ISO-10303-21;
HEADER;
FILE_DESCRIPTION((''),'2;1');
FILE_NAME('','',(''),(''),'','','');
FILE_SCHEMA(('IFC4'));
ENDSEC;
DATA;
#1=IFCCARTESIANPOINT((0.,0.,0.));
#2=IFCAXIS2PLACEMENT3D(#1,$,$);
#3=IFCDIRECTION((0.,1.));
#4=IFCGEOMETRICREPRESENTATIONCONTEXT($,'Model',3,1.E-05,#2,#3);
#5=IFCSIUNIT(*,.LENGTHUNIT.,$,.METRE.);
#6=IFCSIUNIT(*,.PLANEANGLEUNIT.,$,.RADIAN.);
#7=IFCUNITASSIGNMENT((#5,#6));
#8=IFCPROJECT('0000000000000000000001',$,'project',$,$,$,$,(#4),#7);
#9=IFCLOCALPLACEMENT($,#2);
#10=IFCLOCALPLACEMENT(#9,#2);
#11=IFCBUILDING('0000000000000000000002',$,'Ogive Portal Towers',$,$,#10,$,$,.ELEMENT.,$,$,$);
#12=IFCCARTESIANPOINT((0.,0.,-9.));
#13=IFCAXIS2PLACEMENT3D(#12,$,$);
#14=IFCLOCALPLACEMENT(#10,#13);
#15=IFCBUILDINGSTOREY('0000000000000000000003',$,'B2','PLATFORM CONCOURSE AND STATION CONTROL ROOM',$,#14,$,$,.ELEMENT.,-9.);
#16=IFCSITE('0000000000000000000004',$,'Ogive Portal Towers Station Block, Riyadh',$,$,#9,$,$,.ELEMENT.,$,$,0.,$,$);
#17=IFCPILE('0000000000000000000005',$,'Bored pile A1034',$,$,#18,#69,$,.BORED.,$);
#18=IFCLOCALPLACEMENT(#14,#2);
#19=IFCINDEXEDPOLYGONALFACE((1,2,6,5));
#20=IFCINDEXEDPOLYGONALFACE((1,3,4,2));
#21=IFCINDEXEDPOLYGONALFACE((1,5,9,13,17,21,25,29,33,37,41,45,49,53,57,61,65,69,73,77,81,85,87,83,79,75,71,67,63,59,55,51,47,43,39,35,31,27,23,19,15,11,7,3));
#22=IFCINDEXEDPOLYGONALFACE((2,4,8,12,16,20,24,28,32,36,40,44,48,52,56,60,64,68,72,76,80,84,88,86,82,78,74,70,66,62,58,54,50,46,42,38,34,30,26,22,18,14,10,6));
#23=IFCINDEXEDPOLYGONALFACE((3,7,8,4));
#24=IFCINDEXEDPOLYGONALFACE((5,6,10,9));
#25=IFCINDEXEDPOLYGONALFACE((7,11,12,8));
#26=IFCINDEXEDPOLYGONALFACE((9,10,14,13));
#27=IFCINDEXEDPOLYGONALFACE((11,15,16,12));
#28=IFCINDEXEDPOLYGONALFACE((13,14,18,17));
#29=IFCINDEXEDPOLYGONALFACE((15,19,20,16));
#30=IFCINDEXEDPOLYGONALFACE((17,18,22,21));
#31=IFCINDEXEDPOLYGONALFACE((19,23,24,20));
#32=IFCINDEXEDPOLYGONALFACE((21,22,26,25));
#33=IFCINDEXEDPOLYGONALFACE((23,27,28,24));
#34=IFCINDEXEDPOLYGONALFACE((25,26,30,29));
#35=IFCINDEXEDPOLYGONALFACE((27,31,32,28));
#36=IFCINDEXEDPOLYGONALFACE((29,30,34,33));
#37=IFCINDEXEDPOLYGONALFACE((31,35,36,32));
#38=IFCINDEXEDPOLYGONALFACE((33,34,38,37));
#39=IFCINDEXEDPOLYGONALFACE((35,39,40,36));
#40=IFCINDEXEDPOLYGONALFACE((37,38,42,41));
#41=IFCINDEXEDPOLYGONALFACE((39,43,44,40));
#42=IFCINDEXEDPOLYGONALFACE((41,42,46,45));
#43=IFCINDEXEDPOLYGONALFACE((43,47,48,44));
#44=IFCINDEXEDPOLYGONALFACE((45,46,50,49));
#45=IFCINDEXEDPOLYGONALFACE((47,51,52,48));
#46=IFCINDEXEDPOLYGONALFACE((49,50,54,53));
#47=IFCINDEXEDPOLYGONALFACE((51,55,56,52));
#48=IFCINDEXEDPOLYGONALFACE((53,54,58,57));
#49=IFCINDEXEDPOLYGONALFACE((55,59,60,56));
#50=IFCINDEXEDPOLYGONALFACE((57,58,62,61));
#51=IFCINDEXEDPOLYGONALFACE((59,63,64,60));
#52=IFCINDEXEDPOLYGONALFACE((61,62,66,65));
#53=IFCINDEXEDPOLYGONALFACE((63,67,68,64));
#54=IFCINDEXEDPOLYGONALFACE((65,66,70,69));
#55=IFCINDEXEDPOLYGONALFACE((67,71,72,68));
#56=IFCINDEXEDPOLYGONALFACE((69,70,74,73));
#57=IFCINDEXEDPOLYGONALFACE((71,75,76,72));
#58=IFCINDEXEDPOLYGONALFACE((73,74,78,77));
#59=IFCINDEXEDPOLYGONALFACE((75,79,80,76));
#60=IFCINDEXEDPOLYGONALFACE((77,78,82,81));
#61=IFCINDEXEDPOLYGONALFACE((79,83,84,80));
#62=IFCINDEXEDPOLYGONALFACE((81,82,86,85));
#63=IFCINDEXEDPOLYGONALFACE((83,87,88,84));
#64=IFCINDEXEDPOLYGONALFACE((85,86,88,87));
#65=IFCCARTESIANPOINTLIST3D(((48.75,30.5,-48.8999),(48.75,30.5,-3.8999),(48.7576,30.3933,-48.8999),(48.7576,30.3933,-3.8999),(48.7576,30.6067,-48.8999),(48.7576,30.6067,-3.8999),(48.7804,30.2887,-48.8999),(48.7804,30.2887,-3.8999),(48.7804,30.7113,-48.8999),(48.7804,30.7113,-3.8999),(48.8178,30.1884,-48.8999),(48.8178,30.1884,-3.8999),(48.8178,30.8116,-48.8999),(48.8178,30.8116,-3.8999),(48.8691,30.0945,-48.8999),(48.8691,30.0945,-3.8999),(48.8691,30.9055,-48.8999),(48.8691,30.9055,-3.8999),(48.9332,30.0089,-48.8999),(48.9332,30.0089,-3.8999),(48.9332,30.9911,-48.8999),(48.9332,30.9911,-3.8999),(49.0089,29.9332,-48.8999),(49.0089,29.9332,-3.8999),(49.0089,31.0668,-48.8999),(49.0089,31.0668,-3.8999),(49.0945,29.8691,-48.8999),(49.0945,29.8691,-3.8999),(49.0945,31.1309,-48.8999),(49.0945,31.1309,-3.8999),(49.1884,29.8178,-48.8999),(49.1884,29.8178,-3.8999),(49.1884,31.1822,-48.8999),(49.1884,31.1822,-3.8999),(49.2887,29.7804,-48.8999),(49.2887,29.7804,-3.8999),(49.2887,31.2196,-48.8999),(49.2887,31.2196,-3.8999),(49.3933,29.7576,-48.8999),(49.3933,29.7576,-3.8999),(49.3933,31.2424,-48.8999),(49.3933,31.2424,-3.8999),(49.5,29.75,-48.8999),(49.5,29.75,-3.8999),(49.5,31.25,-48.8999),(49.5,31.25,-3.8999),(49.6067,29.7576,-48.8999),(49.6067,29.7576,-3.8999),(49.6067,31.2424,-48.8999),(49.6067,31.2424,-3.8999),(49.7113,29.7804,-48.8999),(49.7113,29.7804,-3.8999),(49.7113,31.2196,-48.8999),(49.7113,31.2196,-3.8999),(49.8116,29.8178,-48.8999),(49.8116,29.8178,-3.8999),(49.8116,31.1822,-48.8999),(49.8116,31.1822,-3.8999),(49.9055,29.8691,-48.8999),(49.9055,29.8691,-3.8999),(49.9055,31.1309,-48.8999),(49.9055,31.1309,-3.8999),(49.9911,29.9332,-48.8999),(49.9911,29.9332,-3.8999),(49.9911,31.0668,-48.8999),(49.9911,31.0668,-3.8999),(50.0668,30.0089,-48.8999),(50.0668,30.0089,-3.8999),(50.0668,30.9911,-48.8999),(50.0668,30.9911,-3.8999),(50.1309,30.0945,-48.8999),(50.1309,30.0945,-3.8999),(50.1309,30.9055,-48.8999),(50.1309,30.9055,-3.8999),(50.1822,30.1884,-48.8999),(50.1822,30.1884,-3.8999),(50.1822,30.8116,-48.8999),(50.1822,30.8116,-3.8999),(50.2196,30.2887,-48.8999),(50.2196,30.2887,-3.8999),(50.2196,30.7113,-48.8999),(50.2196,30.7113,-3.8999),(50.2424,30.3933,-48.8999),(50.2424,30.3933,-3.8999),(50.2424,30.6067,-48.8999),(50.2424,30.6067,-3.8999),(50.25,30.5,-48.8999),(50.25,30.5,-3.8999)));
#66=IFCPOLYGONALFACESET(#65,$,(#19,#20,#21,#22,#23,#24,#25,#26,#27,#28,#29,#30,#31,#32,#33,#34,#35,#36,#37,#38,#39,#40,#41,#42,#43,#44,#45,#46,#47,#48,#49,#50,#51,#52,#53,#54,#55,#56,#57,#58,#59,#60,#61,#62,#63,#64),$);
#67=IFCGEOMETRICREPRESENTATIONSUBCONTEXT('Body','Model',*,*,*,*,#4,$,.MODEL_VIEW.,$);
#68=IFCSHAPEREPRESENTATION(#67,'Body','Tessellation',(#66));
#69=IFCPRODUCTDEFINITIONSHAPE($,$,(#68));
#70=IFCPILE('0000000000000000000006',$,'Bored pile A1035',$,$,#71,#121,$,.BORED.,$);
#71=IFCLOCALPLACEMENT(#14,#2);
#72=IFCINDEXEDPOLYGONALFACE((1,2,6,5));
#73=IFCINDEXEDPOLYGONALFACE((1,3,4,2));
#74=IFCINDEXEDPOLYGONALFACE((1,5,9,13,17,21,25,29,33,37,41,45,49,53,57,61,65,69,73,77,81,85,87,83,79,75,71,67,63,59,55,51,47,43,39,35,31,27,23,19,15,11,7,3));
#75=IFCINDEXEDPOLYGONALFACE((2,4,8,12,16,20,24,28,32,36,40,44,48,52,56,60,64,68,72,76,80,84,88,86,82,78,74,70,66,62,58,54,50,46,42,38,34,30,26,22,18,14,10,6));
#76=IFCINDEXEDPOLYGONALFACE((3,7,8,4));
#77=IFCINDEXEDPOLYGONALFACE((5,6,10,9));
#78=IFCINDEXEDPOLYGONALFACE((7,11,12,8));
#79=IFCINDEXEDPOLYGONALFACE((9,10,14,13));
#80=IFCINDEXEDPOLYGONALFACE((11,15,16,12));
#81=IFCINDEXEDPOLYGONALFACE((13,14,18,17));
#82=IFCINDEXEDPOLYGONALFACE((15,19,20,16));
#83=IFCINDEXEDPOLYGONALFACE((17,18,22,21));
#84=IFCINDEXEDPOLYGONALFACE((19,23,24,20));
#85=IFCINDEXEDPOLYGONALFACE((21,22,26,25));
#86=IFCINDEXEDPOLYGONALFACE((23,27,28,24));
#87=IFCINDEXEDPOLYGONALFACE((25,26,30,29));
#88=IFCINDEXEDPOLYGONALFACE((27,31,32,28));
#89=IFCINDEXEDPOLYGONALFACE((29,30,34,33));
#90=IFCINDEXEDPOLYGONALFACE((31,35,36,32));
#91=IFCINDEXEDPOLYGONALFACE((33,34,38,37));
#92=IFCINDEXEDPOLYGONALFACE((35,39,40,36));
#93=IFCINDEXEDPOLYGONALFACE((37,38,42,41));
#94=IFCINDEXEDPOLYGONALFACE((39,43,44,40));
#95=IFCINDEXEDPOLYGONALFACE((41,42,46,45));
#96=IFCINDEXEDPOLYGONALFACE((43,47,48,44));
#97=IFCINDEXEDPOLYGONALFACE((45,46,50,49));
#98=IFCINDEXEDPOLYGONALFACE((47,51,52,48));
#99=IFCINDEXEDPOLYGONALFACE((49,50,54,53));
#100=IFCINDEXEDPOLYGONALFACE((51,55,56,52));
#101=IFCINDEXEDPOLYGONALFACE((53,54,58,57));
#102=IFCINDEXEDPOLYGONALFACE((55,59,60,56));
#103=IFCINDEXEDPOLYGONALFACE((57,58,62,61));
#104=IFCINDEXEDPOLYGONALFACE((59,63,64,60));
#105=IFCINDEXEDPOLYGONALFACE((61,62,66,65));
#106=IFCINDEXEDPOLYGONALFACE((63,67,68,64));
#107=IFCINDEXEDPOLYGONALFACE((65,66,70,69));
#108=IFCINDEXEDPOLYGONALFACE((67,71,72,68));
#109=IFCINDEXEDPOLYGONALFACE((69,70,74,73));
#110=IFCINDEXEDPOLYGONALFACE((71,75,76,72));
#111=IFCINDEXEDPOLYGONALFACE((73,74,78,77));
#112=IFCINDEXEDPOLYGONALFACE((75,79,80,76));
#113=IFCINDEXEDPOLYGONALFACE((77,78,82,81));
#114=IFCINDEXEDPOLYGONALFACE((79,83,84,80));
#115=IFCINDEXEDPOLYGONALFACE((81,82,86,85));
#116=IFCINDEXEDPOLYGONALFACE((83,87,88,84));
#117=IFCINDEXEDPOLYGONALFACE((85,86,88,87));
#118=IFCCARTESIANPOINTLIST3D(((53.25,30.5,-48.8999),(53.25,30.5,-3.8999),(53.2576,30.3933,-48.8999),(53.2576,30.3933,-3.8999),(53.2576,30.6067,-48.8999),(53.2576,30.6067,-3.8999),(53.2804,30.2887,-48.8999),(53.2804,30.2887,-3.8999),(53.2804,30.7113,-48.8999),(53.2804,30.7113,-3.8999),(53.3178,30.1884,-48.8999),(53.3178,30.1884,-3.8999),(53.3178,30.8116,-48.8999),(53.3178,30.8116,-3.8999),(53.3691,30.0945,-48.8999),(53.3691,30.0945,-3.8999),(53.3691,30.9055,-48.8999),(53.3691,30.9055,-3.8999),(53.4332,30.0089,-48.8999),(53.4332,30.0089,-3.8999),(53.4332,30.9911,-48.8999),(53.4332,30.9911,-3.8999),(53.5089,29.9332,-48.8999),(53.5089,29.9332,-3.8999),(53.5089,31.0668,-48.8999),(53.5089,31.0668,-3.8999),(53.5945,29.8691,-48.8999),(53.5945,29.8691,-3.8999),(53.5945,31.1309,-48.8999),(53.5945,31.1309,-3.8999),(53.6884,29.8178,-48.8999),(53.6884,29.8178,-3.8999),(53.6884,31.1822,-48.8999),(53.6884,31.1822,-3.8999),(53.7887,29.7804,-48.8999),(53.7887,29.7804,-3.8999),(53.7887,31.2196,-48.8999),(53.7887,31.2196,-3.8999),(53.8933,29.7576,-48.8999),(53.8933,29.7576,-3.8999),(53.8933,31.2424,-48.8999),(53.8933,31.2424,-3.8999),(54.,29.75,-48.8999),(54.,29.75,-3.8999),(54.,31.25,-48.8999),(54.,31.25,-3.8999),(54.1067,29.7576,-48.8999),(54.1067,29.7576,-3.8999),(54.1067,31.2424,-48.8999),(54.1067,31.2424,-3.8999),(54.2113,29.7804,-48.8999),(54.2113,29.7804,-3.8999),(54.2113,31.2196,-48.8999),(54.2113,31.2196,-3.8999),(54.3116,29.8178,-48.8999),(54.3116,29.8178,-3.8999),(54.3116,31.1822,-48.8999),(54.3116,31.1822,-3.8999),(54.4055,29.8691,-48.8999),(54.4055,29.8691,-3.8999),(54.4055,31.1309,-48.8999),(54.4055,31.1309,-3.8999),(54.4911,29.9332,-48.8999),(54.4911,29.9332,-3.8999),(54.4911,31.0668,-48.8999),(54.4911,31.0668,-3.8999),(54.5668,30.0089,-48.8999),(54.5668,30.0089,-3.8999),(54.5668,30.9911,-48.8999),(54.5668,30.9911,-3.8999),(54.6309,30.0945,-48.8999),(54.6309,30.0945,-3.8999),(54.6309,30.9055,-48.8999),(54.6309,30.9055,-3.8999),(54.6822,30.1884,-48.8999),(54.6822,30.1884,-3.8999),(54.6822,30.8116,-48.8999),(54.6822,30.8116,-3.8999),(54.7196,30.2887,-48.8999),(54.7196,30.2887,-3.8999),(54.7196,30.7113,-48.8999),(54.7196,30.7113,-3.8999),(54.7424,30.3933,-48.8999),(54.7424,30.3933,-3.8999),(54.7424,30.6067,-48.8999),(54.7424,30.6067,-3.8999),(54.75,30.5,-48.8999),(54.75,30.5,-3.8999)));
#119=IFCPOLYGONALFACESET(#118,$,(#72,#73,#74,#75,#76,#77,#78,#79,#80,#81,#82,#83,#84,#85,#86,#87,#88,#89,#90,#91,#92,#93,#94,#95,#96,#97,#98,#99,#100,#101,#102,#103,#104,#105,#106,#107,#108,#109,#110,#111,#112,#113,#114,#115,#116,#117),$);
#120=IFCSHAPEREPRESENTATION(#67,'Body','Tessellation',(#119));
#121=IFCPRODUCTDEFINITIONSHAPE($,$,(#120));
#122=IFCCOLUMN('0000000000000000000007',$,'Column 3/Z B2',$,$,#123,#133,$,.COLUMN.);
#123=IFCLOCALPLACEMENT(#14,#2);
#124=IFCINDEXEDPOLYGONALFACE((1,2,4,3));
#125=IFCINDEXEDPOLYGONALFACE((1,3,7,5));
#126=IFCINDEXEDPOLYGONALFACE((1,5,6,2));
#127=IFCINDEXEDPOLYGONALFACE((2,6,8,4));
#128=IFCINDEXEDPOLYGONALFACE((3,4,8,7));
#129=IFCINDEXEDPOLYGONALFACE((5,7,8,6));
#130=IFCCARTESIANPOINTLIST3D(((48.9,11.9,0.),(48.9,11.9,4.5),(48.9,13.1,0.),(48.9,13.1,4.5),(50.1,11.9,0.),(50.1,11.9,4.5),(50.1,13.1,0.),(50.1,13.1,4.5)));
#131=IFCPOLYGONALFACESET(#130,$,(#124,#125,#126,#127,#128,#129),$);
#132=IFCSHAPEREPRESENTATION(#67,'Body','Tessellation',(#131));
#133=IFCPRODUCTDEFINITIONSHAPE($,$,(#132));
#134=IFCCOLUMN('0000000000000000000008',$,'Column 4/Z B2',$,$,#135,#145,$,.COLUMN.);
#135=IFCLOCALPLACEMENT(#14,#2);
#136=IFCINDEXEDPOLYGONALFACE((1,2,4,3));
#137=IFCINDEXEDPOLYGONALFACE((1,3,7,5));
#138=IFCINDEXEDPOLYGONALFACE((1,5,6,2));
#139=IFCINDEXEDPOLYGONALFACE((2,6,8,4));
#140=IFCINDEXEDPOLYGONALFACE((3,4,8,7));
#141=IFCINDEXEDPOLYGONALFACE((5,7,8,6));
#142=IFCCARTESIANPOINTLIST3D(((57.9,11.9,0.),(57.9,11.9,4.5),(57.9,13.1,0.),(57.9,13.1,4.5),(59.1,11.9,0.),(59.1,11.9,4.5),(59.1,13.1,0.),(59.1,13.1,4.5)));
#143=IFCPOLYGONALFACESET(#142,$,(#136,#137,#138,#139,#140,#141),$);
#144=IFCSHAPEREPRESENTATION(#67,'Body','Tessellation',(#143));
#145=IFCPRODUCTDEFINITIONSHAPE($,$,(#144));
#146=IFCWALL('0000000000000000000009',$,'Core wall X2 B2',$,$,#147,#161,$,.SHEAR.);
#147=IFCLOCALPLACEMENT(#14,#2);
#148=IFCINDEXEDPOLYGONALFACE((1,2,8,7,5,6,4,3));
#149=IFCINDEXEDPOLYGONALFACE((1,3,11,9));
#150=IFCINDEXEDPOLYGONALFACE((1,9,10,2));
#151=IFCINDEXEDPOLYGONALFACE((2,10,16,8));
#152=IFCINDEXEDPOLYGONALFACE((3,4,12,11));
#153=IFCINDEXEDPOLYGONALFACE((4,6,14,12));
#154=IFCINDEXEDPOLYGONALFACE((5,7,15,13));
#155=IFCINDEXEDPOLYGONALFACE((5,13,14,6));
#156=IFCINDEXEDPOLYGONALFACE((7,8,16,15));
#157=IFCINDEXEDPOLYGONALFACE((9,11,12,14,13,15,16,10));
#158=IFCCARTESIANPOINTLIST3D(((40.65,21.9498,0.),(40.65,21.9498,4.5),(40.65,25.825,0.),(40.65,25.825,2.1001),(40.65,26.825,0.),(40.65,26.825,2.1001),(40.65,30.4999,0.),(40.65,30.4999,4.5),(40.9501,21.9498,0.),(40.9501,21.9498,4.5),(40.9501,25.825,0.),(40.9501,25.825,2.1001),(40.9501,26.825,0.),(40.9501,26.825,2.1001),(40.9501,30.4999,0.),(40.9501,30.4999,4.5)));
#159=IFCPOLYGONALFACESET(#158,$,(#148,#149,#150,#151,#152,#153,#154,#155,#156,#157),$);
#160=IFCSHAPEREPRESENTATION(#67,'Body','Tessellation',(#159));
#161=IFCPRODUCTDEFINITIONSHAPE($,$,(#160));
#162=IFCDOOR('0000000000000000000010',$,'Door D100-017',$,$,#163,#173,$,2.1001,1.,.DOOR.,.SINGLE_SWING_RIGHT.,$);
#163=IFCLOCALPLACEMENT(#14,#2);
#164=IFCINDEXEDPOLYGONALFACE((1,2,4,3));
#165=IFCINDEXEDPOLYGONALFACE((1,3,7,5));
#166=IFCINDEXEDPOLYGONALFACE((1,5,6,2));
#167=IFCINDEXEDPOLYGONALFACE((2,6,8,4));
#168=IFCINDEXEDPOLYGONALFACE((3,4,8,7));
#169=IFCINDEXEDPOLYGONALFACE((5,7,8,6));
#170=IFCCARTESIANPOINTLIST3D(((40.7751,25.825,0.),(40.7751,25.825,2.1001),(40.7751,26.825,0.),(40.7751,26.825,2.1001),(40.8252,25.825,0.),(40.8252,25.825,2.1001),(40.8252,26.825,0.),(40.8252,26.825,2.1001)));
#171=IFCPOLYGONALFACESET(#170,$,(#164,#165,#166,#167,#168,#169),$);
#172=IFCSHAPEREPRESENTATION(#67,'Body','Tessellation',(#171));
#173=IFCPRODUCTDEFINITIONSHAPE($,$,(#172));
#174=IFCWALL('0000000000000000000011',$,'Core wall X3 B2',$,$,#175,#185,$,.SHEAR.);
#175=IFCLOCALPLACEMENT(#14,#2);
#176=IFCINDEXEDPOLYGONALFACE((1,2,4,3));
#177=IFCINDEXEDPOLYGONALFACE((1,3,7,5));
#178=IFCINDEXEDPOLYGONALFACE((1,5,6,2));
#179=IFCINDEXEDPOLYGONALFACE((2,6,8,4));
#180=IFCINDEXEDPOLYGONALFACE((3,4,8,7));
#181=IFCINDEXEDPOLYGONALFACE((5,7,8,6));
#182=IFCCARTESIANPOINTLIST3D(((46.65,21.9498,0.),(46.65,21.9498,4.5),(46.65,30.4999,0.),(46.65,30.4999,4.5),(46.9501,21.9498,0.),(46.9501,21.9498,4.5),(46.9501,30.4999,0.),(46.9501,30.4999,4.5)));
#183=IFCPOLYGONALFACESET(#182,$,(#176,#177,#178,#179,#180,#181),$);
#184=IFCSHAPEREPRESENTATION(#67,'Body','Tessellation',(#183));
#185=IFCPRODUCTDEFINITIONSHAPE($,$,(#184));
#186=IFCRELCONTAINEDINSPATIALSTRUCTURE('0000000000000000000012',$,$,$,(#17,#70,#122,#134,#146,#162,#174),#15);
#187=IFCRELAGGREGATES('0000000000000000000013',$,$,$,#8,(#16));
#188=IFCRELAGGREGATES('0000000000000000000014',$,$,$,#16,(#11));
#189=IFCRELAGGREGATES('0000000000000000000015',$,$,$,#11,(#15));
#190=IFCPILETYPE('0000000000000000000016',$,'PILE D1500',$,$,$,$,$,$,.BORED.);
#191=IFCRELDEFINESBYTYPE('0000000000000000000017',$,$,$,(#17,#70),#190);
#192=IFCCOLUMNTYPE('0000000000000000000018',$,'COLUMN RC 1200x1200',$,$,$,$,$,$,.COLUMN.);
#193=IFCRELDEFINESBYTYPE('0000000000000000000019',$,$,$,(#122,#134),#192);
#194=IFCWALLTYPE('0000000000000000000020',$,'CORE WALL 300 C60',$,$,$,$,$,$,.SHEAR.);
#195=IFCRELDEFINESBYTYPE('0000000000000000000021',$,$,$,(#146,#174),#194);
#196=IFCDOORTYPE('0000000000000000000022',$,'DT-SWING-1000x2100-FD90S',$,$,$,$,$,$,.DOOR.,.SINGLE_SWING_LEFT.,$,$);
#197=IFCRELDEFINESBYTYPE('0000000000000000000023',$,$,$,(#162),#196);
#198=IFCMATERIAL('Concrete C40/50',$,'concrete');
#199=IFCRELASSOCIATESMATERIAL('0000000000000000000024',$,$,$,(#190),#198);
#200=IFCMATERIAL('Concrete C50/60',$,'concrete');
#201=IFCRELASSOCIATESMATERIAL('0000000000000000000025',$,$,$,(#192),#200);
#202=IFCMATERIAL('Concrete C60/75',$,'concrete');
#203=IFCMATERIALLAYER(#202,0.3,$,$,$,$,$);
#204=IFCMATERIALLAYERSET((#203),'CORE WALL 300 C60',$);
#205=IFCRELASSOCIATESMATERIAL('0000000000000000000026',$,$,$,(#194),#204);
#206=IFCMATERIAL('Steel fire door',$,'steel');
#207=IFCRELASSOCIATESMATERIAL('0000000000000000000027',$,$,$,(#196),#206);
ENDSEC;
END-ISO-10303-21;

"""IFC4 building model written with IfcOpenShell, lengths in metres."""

from ifc_helpers import new_model, si_unit, direction, frame, frame_2d, origin, origin_2d, place, context, subcontext, project, spatial, rectangle, circle, extrude, material, layer, layer_set, material_profile, profile_set, type_object, element, fill, save


model = new_model("IFC4")

# Units and contexts
model_context = context("Model", 3, precision=1e-05, world=origin(), true_north=direction((0.0, 1.0)))
body_context = subcontext(model_context, "Body", "Model", "MODEL_VIEW")
ifc_project = project(units=[si_unit("LENGTHUNIT", "METRE"), si_unit("PLANEANGLEUNIT", "RADIAN")], contexts=[model_context])

# Site, building, storey
site_placement = place(None, origin())
site = spatial("IfcSite", under=ifc_project, at=site_placement, Name="Ogive Portal Towers Station Block, Riyadh", CompositionType="ELEMENT", RefElevation=0.0)
building_placement = place(site_placement, origin())
building = spatial("IfcBuilding", under=site, at=building_placement, Name="Ogive Portal Towers", CompositionType="ELEMENT")
storey_placement = place(building_placement, frame((0.0, 0.0, -9.0)))
storey = spatial("IfcBuildingStorey", under=building, at=storey_placement, Name="B2", Description="PLATFORM CONCOURSE AND STATION CONTROL ROOM", CompositionType="ELEMENT", Elevation=-9.0)

# Piles
ifc_material_1 = material(Name="Concrete C40/50", Category="concrete")
ifc_material_profile_1 = material_profile(ifc_material_1, circle(Radius=0.75, at=origin_2d()), Name="PILE D1500")
ifc_profile_set_1 = profile_set([ifc_material_profile_1], Name="Concrete C40/50")
pile_type = type_object("IfcPileType", Name="PILE D1500", PredefinedType="BORED", material=ifc_profile_set_1)
for number, where, z_axis, x_axis, name in (
    (1, (49.5, 30.5, -3.8999), (0.0, 0.0, -1.0), (1.0, 0.0, 0.0), "Bored pile A1034"),
    (2, (54.0, 30.5, -3.8999), (0.0, 0.0, -1.0), (1.0, 0.0, 0.0), "Bored pile A1035"),
):
    element("IfcPile", number, at=place(storey_placement, frame(where, z_axis=z_axis, x_axis=x_axis)), inside=storey, type_object=pile_type, Name=name, PredefinedType="BORED", context=body_context, shape_type="SweptSolid", body=[
        extrude(circle(Radius=0.75, at=origin_2d()), origin(), (0.0, 0.0, 1.0), 45.0),
    ])

# Columns
ifc_material_2 = material(Name="Concrete C50/60", Category="concrete")
ifc_material_profile_2 = material_profile(ifc_material_2, rectangle(XDim=1.2, YDim=1.2, at=origin_2d()), Name="RC 1200x1200")
ifc_profile_set_2 = profile_set([ifc_material_profile_2], Name="Concrete C50/60")
column_type = type_object("IfcColumnType", Name="COLUMN RC 1200x1200", PredefinedType="COLUMN", material=ifc_profile_set_2)
for number, where, z_axis, x_axis, name in (
    (3, (49.5, 12.5, 0.0), (0.0, 0.0, 1.0), (1.0, 0.0, 0.0), "Column 3/Z B2"),
    (4, (58.5, 12.5, 0.0), (0.0, 0.0, 1.0), (1.0, 0.0, 0.0), "Column 4/Z B2"),
):
    element("IfcColumn", number, at=place(storey_placement, frame(where, z_axis=z_axis, x_axis=x_axis)), inside=storey, type_object=column_type, Name=name, PredefinedType="COLUMN", context=body_context, shape_type="SweptSolid", body=[
        extrude(rectangle(XDim=1.2, YDim=1.2, at=origin_2d()), origin(), (0.0, 0.0, 1.0), 4.5),
    ])

# Wall, opening, door
ifc_material_3 = material(Name="Concrete C60/75", Category="concrete")
ifc_layer_1 = layer(ifc_material_3, 0.3)
ifc_layer_set_1 = layer_set([ifc_layer_1], Name="CORE WALL 300 C60")
wall_type_1 = type_object("IfcWallType", Name="CORE WALL 300 C60", PredefinedType="SHEAR", material=ifc_layer_set_1)
wall_1_placement = place(storey_placement, frame((40.8, 21.95, 0.0), z_axis=(0.0, 0.0, 1.0), x_axis=(0.0, 1.0, 0.0)))
wall_1 = element("IfcWall", 5, at=wall_1_placement, inside=storey, type_object=wall_type_1, Name="Core wall X2 B2", PredefinedType="SHEAR", context=body_context, shape_type="SweptSolid", body=[
    extrude(rectangle(XDim=8.55, YDim=0.3, at=frame_2d((4.2749, 0.0))), origin(), (0.0, 0.0, 1.0), 4.5),
])
opening_1_placement = place(wall_1_placement, frame((3.875, 0.0, 0.0)))
opening_1 = element("IfcOpeningElement", 6, at=opening_1_placement, cuts=wall_1, PredefinedType="OPENING", context=body_context, shape_type="SweptSolid", body=[
    extrude(rectangle(XDim=1.0, YDim=2.1001, at=frame_2d((0.5, 1.05))), frame((0.0, 0.1602, 0.0), z_axis=(0.0, -1.0, 0.0), x_axis=(1.0, 0.0, 0.0)), (0.0, 0.0, 1.0), 0.3201),
])
ifc_material_4 = material(Name="Steel fire door", Category="steel")
door_type_1 = type_object("IfcDoorType", Name="DT-SWING-1000x2100-FD90S", OperationType="SINGLE_SWING_LEFT", PredefinedType="DOOR", material=ifc_material_4)
door_1_placement = place(opening_1_placement, origin())
door_1 = element("IfcDoor", 7, at=door_1_placement, inside=storey, type_object=door_type_1, Name="Door D100-017", OperationType="SINGLE_SWING_RIGHT", OverallHeight=2.1001, OverallWidth=1.0, PredefinedType="DOOR", context=body_context, shape_type="SweptSolid", body=[
    extrude(rectangle(XDim=1.0, YDim=2.1001, at=frame_2d((0.5, 1.05))), frame((0.0, 0.0249, 0.0), z_axis=(0.0, -1.0, 0.0), x_axis=(1.0, 0.0, 0.0)), (0.0, 0.0, 1.0), 0.05),
])
fill(opening_1, door_1)

# Wall
wall_2_placement = place(storey_placement, frame((46.8, 21.95, 0.0), z_axis=(0.0, 0.0, 1.0), x_axis=(0.0, 1.0, 0.0)))
element("IfcWall", 8, at=wall_2_placement, inside=storey, type_object=wall_type_1, Name="Core wall X3 B2", PredefinedType="SHEAR", context=body_context, shape_type="SweptSolid", body=[
    extrude(rectangle(XDim=8.55, YDim=0.3, at=frame_2d((4.2749, 0.0))), origin(), (0.0, 0.0, 1.0), 4.5),
])

save(model, "model.ifc")
